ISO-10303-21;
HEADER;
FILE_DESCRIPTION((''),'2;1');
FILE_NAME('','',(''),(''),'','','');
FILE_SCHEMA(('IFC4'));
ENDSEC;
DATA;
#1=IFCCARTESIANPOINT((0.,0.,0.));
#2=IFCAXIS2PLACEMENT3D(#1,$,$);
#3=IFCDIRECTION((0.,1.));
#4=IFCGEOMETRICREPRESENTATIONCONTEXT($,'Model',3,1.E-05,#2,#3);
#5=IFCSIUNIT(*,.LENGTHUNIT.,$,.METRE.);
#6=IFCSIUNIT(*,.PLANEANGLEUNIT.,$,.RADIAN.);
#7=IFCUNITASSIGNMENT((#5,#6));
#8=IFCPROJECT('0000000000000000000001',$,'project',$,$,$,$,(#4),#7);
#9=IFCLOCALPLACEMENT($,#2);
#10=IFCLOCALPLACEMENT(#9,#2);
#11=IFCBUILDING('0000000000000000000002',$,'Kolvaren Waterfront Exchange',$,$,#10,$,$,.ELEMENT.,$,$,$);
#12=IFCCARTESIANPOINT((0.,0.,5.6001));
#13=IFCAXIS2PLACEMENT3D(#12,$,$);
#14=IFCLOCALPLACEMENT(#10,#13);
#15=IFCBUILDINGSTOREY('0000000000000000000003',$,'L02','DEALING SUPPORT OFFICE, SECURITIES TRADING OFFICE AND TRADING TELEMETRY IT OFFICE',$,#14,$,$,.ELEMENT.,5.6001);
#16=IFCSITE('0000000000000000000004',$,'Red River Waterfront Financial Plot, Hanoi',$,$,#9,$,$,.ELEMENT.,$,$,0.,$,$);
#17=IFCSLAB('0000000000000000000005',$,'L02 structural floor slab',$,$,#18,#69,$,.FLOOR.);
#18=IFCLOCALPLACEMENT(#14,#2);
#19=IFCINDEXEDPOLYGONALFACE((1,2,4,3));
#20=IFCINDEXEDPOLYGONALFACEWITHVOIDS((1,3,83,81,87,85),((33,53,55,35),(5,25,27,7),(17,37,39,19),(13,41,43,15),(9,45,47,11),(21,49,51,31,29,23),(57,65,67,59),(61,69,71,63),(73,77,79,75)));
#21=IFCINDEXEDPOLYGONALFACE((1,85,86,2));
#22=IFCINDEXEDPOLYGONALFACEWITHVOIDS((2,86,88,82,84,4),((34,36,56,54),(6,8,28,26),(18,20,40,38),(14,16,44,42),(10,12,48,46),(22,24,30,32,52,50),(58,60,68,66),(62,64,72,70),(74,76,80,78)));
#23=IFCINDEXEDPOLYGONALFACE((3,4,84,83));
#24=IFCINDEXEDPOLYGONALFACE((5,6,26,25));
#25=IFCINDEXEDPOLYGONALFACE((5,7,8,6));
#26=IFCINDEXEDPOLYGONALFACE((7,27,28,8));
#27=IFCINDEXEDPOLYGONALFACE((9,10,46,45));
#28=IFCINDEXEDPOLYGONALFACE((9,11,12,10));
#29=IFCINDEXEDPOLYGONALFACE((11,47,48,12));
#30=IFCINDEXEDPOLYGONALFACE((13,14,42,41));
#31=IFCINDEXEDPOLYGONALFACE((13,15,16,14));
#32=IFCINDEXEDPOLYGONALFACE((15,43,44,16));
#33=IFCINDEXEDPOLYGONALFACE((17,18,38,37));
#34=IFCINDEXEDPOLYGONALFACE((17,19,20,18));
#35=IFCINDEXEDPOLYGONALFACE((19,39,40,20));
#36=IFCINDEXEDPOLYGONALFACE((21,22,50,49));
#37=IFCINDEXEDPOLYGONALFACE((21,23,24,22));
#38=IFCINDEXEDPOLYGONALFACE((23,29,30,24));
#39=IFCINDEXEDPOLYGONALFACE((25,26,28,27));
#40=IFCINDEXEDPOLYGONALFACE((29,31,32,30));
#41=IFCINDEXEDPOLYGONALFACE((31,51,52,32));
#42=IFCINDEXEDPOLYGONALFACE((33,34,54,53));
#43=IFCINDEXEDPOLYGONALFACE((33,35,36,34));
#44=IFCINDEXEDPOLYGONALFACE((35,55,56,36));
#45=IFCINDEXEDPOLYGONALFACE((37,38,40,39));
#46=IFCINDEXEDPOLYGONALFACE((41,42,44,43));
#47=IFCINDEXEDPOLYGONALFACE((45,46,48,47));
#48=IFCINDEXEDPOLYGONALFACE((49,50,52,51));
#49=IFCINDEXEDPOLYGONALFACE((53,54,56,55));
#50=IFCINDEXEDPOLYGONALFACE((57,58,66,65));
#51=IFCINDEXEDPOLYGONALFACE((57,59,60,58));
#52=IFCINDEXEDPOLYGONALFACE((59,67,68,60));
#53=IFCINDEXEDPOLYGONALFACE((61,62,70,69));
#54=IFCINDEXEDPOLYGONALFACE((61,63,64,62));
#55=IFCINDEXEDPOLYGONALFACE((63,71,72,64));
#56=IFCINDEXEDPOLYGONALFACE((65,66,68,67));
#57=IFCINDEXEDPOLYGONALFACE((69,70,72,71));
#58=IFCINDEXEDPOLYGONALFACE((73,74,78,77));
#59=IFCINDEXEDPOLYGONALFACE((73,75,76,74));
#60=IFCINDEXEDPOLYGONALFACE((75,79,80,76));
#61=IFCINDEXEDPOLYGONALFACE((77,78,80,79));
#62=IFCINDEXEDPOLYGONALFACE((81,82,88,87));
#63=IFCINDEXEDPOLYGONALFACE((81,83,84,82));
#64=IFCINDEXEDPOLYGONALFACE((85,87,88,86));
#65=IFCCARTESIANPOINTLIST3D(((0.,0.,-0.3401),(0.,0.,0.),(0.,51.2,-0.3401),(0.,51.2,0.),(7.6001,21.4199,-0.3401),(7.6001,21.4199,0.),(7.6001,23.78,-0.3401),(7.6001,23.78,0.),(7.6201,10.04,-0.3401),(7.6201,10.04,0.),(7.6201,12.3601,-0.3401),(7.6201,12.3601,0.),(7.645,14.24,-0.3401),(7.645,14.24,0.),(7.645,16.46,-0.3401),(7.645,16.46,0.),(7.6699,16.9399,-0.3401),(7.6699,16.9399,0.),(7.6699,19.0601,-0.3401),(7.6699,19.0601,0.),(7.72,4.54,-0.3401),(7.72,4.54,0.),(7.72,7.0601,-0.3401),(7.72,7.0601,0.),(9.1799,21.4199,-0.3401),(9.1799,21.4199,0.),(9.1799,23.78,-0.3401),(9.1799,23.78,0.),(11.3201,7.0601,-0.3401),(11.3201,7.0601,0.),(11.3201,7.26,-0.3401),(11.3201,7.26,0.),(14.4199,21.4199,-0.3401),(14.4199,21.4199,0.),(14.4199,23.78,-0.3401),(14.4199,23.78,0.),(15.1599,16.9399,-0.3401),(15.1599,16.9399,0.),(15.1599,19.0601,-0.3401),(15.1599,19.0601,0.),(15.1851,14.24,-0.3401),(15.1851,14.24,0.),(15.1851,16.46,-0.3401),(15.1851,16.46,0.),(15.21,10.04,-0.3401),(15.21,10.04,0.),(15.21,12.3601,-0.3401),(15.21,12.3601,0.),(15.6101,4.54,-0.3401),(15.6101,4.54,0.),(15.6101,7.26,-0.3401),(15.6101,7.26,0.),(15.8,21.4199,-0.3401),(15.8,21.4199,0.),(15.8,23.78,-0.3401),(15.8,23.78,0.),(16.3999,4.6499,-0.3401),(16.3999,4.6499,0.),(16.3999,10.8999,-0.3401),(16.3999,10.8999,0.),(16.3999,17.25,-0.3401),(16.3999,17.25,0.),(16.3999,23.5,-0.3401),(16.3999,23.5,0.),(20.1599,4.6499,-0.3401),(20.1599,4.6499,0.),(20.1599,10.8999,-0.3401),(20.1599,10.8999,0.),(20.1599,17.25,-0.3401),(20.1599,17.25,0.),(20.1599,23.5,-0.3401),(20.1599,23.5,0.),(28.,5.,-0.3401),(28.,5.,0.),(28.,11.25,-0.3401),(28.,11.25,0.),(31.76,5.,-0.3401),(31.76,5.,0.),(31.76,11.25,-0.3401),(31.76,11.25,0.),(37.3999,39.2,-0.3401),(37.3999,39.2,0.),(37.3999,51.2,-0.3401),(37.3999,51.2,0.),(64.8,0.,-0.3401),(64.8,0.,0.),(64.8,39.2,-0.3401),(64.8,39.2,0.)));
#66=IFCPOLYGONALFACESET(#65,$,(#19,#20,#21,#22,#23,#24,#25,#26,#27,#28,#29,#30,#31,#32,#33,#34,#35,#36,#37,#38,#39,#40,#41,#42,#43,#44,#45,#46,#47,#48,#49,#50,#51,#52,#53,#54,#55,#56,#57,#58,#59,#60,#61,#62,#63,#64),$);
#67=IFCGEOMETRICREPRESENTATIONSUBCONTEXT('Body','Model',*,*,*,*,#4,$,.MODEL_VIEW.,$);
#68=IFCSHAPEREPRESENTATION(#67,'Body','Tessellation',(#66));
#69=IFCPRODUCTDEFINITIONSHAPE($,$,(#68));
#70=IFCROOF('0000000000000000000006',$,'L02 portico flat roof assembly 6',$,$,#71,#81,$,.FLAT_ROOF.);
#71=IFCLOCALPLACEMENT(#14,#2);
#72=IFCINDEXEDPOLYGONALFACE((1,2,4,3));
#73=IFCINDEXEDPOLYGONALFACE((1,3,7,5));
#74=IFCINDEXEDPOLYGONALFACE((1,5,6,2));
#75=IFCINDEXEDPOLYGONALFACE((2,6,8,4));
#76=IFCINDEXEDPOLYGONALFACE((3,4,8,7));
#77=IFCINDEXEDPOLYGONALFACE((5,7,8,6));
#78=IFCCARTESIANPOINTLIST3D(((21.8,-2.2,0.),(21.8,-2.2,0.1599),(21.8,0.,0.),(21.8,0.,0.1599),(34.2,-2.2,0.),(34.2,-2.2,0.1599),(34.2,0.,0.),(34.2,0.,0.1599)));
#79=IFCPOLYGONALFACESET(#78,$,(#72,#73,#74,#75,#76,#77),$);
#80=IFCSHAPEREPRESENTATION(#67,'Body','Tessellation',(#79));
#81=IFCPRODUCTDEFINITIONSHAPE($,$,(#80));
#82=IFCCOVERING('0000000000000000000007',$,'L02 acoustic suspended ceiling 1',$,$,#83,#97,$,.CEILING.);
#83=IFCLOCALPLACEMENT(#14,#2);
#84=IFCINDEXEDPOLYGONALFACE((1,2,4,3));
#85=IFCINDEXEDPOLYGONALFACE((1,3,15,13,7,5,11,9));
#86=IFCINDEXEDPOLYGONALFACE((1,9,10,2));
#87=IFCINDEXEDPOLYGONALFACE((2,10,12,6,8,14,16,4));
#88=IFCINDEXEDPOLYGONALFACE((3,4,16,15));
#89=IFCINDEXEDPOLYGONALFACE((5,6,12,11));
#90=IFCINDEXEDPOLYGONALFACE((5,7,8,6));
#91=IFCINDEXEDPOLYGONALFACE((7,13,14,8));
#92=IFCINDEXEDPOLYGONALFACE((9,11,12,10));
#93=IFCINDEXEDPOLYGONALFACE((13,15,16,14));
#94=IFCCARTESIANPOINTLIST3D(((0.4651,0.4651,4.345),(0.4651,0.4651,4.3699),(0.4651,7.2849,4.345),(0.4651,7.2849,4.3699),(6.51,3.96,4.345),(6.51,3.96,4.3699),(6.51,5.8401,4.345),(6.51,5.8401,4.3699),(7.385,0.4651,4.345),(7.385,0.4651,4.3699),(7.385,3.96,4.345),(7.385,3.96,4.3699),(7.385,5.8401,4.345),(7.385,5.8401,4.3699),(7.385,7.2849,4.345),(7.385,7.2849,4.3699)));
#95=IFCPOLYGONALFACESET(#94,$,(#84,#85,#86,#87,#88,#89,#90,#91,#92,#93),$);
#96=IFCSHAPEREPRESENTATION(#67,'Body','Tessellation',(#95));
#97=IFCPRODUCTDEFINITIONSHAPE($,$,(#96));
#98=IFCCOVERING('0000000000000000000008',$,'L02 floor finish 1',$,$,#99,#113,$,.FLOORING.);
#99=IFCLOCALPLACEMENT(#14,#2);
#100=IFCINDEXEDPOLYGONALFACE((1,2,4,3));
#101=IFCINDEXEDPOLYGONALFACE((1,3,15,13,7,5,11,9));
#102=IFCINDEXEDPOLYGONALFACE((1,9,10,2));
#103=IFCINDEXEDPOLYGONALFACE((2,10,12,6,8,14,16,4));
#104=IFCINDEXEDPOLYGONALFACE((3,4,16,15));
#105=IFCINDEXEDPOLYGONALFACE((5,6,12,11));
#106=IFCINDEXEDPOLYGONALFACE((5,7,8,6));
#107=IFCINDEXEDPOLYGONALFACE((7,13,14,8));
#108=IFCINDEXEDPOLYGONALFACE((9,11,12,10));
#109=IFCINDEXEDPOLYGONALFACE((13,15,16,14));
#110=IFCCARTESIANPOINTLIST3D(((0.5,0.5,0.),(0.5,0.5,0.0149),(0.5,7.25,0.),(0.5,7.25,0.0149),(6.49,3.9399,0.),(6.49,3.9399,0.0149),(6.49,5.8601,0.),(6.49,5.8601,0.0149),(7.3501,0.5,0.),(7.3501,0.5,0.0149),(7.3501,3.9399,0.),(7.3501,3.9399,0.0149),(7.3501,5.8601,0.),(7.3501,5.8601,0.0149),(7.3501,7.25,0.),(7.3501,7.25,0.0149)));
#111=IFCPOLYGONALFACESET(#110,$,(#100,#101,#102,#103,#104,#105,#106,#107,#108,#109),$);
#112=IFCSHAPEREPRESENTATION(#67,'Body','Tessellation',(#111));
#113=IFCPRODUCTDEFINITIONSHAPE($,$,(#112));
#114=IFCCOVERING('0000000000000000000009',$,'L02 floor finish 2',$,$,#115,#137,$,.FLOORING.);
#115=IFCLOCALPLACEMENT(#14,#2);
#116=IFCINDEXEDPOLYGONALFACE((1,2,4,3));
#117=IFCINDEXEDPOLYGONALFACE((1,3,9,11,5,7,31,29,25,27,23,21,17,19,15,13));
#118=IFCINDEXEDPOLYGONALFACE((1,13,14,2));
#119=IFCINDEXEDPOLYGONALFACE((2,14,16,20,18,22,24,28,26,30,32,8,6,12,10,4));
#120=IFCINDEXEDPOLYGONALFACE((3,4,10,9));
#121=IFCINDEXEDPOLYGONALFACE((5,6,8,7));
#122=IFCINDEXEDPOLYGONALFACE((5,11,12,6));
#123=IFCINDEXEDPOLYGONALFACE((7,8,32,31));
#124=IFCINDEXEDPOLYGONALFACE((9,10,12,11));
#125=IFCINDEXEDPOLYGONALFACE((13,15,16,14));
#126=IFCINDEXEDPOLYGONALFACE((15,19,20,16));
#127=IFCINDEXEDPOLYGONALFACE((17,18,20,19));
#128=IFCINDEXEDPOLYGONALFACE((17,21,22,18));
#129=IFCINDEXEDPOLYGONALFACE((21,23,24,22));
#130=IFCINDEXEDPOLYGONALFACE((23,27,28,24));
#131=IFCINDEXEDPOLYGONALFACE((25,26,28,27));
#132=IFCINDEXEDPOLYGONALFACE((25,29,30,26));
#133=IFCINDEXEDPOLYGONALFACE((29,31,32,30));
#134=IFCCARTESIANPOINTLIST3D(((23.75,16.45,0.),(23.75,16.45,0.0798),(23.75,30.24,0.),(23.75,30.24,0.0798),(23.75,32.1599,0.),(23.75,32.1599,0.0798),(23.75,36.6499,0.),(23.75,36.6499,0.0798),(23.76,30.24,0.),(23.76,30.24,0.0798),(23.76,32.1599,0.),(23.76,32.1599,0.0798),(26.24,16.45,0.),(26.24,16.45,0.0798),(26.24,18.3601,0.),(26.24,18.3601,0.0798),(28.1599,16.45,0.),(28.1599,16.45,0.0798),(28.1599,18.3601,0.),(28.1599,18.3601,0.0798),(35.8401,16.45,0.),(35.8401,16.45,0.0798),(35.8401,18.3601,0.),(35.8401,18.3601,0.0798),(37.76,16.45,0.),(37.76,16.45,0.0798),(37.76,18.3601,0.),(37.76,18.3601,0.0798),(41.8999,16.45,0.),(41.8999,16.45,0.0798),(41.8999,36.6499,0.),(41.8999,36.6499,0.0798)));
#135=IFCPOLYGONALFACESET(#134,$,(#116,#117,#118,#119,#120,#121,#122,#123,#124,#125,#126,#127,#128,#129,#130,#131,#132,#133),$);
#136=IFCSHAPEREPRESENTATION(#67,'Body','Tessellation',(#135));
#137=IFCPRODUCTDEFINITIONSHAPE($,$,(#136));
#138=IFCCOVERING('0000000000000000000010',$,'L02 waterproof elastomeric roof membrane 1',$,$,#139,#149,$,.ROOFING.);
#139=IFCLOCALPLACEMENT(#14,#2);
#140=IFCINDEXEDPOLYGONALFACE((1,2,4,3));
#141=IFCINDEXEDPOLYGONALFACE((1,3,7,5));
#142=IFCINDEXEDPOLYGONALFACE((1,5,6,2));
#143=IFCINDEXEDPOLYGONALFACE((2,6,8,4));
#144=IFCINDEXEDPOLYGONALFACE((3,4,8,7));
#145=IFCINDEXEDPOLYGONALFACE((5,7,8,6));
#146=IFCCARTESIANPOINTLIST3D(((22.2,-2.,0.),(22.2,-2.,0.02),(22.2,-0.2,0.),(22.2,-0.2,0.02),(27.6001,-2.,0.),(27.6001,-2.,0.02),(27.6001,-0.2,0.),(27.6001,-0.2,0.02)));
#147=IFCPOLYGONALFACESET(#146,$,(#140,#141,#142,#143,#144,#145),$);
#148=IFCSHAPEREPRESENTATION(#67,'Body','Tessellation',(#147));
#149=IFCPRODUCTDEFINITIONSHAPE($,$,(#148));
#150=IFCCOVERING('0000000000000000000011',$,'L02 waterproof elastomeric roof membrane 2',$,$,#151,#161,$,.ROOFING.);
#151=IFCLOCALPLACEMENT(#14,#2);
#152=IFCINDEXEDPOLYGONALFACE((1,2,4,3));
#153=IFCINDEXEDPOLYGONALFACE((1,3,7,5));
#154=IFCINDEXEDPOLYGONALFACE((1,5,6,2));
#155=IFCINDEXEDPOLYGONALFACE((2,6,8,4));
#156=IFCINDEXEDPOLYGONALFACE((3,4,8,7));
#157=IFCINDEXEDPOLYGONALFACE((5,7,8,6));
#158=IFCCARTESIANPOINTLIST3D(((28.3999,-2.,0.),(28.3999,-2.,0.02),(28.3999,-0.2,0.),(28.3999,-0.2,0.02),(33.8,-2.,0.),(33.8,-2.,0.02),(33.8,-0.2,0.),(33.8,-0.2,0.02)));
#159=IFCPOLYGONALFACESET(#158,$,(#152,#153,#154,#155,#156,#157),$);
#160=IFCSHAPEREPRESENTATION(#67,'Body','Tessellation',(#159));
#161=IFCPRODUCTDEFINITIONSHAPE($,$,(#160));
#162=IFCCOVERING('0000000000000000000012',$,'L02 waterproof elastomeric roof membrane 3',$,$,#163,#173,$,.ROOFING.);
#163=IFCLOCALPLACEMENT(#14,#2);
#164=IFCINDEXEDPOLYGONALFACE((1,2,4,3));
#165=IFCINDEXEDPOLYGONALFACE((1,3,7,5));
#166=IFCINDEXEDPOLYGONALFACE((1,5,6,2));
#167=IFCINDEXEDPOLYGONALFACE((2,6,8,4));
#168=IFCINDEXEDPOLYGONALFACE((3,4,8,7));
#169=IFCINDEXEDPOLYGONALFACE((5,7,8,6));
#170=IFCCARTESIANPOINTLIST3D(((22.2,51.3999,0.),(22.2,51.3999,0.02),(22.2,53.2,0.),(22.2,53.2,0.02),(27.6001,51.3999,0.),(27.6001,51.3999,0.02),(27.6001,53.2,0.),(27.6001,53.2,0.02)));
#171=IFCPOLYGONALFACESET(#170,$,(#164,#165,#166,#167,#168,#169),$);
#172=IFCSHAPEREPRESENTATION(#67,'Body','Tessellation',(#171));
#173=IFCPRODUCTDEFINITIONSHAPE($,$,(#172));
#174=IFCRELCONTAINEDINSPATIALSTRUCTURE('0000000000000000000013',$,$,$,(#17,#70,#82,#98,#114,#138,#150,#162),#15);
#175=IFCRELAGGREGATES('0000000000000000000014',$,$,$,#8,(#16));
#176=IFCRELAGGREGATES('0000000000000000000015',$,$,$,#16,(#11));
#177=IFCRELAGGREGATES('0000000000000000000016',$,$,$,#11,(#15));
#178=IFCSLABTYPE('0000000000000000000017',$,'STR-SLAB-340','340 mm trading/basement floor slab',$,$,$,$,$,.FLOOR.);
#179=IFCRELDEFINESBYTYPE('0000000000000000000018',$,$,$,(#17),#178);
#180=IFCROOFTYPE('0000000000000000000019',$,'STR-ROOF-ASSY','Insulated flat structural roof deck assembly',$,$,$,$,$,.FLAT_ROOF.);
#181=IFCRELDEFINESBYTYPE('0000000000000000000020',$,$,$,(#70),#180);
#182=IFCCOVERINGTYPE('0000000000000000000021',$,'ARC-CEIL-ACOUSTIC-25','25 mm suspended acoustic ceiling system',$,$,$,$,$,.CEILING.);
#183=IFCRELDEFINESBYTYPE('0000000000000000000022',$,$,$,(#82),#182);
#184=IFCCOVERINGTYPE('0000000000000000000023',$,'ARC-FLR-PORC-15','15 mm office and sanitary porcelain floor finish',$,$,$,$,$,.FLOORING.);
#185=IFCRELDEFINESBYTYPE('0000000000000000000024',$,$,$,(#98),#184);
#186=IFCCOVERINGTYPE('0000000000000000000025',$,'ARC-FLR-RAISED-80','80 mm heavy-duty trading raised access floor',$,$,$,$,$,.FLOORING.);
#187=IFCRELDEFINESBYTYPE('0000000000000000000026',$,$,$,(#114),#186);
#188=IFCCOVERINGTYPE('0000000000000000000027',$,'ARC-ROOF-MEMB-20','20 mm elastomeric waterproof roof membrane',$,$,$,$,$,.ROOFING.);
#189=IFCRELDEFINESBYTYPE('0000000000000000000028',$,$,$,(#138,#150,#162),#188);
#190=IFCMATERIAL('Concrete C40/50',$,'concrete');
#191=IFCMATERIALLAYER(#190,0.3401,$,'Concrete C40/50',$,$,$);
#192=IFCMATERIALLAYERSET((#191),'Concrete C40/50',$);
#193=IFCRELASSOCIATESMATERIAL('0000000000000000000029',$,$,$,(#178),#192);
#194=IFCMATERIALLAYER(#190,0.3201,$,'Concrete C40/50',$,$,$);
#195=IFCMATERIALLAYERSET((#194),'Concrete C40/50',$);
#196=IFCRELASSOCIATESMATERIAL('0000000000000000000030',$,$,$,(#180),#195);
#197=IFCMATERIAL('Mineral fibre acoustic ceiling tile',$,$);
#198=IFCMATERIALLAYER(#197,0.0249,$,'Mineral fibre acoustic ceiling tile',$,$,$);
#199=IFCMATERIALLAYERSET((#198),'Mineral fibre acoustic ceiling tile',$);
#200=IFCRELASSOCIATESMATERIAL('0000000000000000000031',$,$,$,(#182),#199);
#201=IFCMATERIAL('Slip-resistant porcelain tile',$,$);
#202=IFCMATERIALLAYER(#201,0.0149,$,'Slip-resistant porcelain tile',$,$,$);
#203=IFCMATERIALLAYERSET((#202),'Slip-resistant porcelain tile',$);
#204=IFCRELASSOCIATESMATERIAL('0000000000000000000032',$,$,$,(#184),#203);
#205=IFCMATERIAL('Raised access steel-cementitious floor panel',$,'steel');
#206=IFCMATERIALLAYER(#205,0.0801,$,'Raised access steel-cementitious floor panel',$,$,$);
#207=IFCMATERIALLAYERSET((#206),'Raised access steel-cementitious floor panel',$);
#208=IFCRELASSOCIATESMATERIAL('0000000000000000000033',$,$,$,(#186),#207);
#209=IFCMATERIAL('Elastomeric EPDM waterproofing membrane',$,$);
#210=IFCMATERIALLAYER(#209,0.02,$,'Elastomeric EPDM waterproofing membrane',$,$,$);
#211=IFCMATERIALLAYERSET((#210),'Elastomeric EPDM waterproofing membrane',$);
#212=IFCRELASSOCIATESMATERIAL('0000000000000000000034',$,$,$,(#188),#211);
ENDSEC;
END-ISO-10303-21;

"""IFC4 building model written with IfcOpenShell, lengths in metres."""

from ifc_helpers import new_model, si_unit, direction, frame, origin, place, context, subcontext, project, spatial, polyline, outline, extrude, material, layer, layer_set, type_object, element, save


model = new_model("IFC4")

# Units and contexts
model_context = context("Model", 3, precision=1e-05, world=origin(), true_north=direction((0.0, 1.0)))
body_context = subcontext(model_context, "Body", "Model", "MODEL_VIEW")
ifc_project = project(units=[si_unit("LENGTHUNIT", "METRE"), si_unit("PLANEANGLEUNIT", "RADIAN")], contexts=[model_context])

# Site, building, storey
site_placement = place(None, origin())
site = spatial("IfcSite", under=ifc_project, at=site_placement, Name="Red River Waterfront Financial Plot, Hanoi", CompositionType="ELEMENT", RefElevation=0.0)
building_placement = place(site_placement, origin())
building = spatial("IfcBuilding", under=site, at=building_placement, Name="Kolvaren Waterfront Exchange", CompositionType="ELEMENT")
storey_placement = place(building_placement, frame((0.0, 0.0, 5.6001)))
storey = spatial("IfcBuildingStorey", under=building, at=storey_placement, Name="L02", Description="DEALING SUPPORT OFFICE, SECURITIES TRADING OFFICE AND TRADING TELEMETRY IT OFFICE", CompositionType="ELEMENT", Elevation=5.6001)

# Shared definitions
ifc_material_1 = material(Name="Concrete C40/50", Category="concrete")

# Slab
ifc_layer_1 = layer(ifc_material_1, 0.3401, Name="Concrete C40/50")
ifc_layer_set_1 = layer_set([ifc_layer_1], Name="Concrete C40/50")
slab_type_1 = type_object("IfcSlabType", Name="STR-SLAB-340", Description="340 mm trading/basement floor slab", PredefinedType="FLOOR", material=ifc_layer_set_1)
slab_1_placement = place(storey_placement, frame((0.0, 0.0, -0.3401)))
element("IfcSlab", 1, at=slab_1_placement, inside=storey, type_object=slab_type_1, Name="L02 structural floor slab", PredefinedType="FLOOR", context=body_context, shape_type="SweptSolid", body=[
    extrude(outline(polyline([(0.0, 0.0), (64.8, 0.0), (64.8, 39.2), (37.3999, 39.2), (37.3999, 51.2), (0.0, 51.2), (0.0, 0.0)]), holes=[polyline([(11.3201, 7.26), (15.6101, 7.26), (15.6101, 4.54), (7.72, 4.54), (7.72, 7.0601), (11.3201, 7.0601), (11.3201, 7.26)]), polyline([(20.1599, 4.6499), (16.3999, 4.6499), (16.3999, 10.8999), (20.1599, 10.8999), (20.1599, 4.6499)]), polyline([(31.76, 5.0), (28.0, 5.0), (28.0, 11.25), (31.76, 11.25), (31.76, 5.0)]), polyline([(15.21, 10.04), (7.6201, 10.04), (7.6201, 12.3601), (15.21, 12.3601), (15.21, 10.04)]), polyline([(7.645, 16.46), (15.1851, 16.46), (15.1851, 14.24), (7.645, 14.24), (7.645, 16.46)]), polyline([(15.1599, 16.9399), (7.6699, 16.9399), (7.6699, 19.0601), (15.1599, 19.0601), (15.1599, 16.9399)]), polyline([(16.3999, 23.5), (20.1599, 23.5), (20.1599, 17.25), (16.3999, 17.25), (16.3999, 23.5)]), polyline([(7.6001, 23.78), (9.1799, 23.78), (9.1799, 21.4199), (7.6001, 21.4199), (7.6001, 23.78)]), polyline([(15.8, 23.78), (15.8, 21.4199), (14.4199, 21.4199), (14.4199, 23.78), (15.8, 23.78)])]), origin(), (0.0, 0.0, 1.0), 0.3401),
])

# Roof
ifc_layer_2 = layer(ifc_material_1, 0.3201, Name="Concrete C40/50")
ifc_layer_set_2 = layer_set([ifc_layer_2], Name="Concrete C40/50")
roof_type = type_object("IfcRoofType", Name="STR-ROOF-ASSY", Description="Insulated flat structural roof deck assembly", PredefinedType="FLAT_ROOF", material=ifc_layer_set_2)
roof_placement = place(storey_placement, origin())
element("IfcRoof", 2, at=roof_placement, inside=storey, type_object=roof_type, Name="L02 portico flat roof assembly 6", PredefinedType="FLAT_ROOF", context=body_context, shape_type="SweptSolid", body=[
    extrude(outline(polyline([(21.8, -2.2), (34.2, -2.2), (34.2, 0.0), (21.8, 0.0), (21.8, -2.2)])), origin(), (0.0, 0.0, 1.0), 0.1599),
])

# Coverings
ifc_material_2 = material(Name="Mineral fibre acoustic ceiling tile")
ifc_layer_3 = layer(ifc_material_2, 0.0249, Name="Mineral fibre acoustic ceiling tile")
ifc_layer_set_3 = layer_set([ifc_layer_3], Name="Mineral fibre acoustic ceiling tile")
covering_type_1 = type_object("IfcCoveringType", Name="ARC-CEIL-ACOUSTIC-25", Description="25 mm suspended acoustic ceiling system", PredefinedType="CEILING", material=ifc_layer_set_3)
covering_1_placement = place(storey_placement, frame((0.0, 0.0, 4.345)))
element("IfcCovering", 3, at=covering_1_placement, inside=storey, type_object=covering_type_1, Name="L02 acoustic suspended ceiling 1", PredefinedType="CEILING", context=body_context, shape_type="SweptSolid", body=[
    extrude(outline(polyline([(7.385, 3.96), (6.51, 3.96), (6.51, 5.8401), (7.385, 5.8401), (7.385, 7.2849), (0.4651, 7.2849), (0.4651, 0.4651), (7.385, 0.4651), (7.385, 3.96)])), origin(), (0.0, 0.0, 1.0), 0.0249),
])
ifc_material_3 = material(Name="Slip-resistant porcelain tile")
ifc_layer_4 = layer(ifc_material_3, 0.0149, Name="Slip-resistant porcelain tile")
ifc_layer_set_4 = layer_set([ifc_layer_4], Name="Slip-resistant porcelain tile")
covering_type_2 = type_object("IfcCoveringType", Name="ARC-FLR-PORC-15", Description="15 mm office and sanitary porcelain floor finish", PredefinedType="FLOORING", material=ifc_layer_set_4)
covering_2_placement = place(storey_placement, origin())
element("IfcCovering", 4, at=covering_2_placement, inside=storey, type_object=covering_type_2, Name="L02 floor finish 1", PredefinedType="FLOORING", context=body_context, shape_type="SweptSolid", body=[
    extrude(outline(polyline([(0.5, 7.25), (0.5, 0.5), (7.3501, 0.5), (7.3501, 3.9399), (6.49, 3.9399), (6.49, 5.8601), (7.3501, 5.8601), (7.3501, 7.25), (0.5, 7.25)])), origin(), (0.0, 0.0, 1.0), 0.0149),
])
ifc_material_4 = material(Name="Raised access steel-cementitious floor panel", Category="steel")
ifc_layer_5 = layer(ifc_material_4, 0.0801, Name="Raised access steel-cementitious floor panel")
ifc_layer_set_5 = layer_set([ifc_layer_5], Name="Raised access steel-cementitious floor panel")
covering_type_3 = type_object("IfcCoveringType", Name="ARC-FLR-RAISED-80", Description="80 mm heavy-duty trading raised access floor", PredefinedType="FLOORING", material=ifc_layer_set_5)
covering_3_placement = place(storey_placement, origin())
element("IfcCovering", 5, at=covering_3_placement, inside=storey, type_object=covering_type_3, Name="L02 floor finish 2", PredefinedType="FLOORING", context=body_context, shape_type="SweptSolid", body=[
    extrude(outline(polyline([(23.75, 30.24), (23.75, 16.45), (26.24, 16.45), (26.24, 18.3601), (28.1599, 18.3601), (28.1599, 16.45), (35.8401, 16.45), (35.8401, 18.3601), (37.76, 18.3601), (37.76, 16.45), (41.8999, 16.45), (41.8999, 36.6499), (23.75, 36.6499), (23.75, 32.1599), (23.76, 32.1599), (23.76, 30.24), (23.75, 30.24)])), origin(), (0.0, 0.0, 1.0), 0.0798),
])
ifc_material_5 = material(Name="Elastomeric EPDM waterproofing membrane")
ifc_layer_6 = layer(ifc_material_5, 0.02, Name="Elastomeric EPDM waterproofing membrane")
ifc_layer_set_6 = layer_set([ifc_layer_6], Name="Elastomeric EPDM waterproofing membrane")
covering_type_4 = type_object("IfcCoveringType", Name="ARC-ROOF-MEMB-20", Description="20 mm elastomeric waterproof roof membrane", PredefinedType="ROOFING", material=ifc_layer_set_6)
covering_4_placement = place(storey_placement, origin())
element("IfcCovering", 6, at=covering_4_placement, inside=storey, type_object=covering_type_4, Name="L02 waterproof elastomeric roof membrane 1", PredefinedType="ROOFING", context=body_context, shape_type="SweptSolid", body=[
    extrude(outline(polyline([(22.2, -2.0), (27.6001, -2.0), (27.6001, -0.2), (22.2, -0.2), (22.2, -2.0)])), origin(), (0.0, 0.0, 1.0), 0.02),
])
covering_5_placement = place(storey_placement, origin())
element("IfcCovering", 7, at=covering_5_placement, inside=storey, type_object=covering_type_4, Name="L02 waterproof elastomeric roof membrane 2", PredefinedType="ROOFING", context=body_context, shape_type="SweptSolid", body=[
    extrude(outline(polyline([(28.3999, -2.0), (33.8, -2.0), (33.8, -0.2), (28.3999, -0.2), (28.3999, -2.0)])), origin(), (0.0, 0.0, 1.0), 0.02),
])
covering_6_placement = place(storey_placement, origin())
element("IfcCovering", 8, at=covering_6_placement, inside=storey, type_object=covering_type_4, Name="L02 waterproof elastomeric roof membrane 3", PredefinedType="ROOFING", context=body_context, shape_type="SweptSolid", body=[
    extrude(outline(polyline([(22.2, 51.3999), (27.6001, 51.3999), (27.6001, 53.2), (22.2, 53.2), (22.2, 51.3999)])), origin(), (0.0, 0.0, 1.0), 0.02),
])

save(model, "model.ifc")
